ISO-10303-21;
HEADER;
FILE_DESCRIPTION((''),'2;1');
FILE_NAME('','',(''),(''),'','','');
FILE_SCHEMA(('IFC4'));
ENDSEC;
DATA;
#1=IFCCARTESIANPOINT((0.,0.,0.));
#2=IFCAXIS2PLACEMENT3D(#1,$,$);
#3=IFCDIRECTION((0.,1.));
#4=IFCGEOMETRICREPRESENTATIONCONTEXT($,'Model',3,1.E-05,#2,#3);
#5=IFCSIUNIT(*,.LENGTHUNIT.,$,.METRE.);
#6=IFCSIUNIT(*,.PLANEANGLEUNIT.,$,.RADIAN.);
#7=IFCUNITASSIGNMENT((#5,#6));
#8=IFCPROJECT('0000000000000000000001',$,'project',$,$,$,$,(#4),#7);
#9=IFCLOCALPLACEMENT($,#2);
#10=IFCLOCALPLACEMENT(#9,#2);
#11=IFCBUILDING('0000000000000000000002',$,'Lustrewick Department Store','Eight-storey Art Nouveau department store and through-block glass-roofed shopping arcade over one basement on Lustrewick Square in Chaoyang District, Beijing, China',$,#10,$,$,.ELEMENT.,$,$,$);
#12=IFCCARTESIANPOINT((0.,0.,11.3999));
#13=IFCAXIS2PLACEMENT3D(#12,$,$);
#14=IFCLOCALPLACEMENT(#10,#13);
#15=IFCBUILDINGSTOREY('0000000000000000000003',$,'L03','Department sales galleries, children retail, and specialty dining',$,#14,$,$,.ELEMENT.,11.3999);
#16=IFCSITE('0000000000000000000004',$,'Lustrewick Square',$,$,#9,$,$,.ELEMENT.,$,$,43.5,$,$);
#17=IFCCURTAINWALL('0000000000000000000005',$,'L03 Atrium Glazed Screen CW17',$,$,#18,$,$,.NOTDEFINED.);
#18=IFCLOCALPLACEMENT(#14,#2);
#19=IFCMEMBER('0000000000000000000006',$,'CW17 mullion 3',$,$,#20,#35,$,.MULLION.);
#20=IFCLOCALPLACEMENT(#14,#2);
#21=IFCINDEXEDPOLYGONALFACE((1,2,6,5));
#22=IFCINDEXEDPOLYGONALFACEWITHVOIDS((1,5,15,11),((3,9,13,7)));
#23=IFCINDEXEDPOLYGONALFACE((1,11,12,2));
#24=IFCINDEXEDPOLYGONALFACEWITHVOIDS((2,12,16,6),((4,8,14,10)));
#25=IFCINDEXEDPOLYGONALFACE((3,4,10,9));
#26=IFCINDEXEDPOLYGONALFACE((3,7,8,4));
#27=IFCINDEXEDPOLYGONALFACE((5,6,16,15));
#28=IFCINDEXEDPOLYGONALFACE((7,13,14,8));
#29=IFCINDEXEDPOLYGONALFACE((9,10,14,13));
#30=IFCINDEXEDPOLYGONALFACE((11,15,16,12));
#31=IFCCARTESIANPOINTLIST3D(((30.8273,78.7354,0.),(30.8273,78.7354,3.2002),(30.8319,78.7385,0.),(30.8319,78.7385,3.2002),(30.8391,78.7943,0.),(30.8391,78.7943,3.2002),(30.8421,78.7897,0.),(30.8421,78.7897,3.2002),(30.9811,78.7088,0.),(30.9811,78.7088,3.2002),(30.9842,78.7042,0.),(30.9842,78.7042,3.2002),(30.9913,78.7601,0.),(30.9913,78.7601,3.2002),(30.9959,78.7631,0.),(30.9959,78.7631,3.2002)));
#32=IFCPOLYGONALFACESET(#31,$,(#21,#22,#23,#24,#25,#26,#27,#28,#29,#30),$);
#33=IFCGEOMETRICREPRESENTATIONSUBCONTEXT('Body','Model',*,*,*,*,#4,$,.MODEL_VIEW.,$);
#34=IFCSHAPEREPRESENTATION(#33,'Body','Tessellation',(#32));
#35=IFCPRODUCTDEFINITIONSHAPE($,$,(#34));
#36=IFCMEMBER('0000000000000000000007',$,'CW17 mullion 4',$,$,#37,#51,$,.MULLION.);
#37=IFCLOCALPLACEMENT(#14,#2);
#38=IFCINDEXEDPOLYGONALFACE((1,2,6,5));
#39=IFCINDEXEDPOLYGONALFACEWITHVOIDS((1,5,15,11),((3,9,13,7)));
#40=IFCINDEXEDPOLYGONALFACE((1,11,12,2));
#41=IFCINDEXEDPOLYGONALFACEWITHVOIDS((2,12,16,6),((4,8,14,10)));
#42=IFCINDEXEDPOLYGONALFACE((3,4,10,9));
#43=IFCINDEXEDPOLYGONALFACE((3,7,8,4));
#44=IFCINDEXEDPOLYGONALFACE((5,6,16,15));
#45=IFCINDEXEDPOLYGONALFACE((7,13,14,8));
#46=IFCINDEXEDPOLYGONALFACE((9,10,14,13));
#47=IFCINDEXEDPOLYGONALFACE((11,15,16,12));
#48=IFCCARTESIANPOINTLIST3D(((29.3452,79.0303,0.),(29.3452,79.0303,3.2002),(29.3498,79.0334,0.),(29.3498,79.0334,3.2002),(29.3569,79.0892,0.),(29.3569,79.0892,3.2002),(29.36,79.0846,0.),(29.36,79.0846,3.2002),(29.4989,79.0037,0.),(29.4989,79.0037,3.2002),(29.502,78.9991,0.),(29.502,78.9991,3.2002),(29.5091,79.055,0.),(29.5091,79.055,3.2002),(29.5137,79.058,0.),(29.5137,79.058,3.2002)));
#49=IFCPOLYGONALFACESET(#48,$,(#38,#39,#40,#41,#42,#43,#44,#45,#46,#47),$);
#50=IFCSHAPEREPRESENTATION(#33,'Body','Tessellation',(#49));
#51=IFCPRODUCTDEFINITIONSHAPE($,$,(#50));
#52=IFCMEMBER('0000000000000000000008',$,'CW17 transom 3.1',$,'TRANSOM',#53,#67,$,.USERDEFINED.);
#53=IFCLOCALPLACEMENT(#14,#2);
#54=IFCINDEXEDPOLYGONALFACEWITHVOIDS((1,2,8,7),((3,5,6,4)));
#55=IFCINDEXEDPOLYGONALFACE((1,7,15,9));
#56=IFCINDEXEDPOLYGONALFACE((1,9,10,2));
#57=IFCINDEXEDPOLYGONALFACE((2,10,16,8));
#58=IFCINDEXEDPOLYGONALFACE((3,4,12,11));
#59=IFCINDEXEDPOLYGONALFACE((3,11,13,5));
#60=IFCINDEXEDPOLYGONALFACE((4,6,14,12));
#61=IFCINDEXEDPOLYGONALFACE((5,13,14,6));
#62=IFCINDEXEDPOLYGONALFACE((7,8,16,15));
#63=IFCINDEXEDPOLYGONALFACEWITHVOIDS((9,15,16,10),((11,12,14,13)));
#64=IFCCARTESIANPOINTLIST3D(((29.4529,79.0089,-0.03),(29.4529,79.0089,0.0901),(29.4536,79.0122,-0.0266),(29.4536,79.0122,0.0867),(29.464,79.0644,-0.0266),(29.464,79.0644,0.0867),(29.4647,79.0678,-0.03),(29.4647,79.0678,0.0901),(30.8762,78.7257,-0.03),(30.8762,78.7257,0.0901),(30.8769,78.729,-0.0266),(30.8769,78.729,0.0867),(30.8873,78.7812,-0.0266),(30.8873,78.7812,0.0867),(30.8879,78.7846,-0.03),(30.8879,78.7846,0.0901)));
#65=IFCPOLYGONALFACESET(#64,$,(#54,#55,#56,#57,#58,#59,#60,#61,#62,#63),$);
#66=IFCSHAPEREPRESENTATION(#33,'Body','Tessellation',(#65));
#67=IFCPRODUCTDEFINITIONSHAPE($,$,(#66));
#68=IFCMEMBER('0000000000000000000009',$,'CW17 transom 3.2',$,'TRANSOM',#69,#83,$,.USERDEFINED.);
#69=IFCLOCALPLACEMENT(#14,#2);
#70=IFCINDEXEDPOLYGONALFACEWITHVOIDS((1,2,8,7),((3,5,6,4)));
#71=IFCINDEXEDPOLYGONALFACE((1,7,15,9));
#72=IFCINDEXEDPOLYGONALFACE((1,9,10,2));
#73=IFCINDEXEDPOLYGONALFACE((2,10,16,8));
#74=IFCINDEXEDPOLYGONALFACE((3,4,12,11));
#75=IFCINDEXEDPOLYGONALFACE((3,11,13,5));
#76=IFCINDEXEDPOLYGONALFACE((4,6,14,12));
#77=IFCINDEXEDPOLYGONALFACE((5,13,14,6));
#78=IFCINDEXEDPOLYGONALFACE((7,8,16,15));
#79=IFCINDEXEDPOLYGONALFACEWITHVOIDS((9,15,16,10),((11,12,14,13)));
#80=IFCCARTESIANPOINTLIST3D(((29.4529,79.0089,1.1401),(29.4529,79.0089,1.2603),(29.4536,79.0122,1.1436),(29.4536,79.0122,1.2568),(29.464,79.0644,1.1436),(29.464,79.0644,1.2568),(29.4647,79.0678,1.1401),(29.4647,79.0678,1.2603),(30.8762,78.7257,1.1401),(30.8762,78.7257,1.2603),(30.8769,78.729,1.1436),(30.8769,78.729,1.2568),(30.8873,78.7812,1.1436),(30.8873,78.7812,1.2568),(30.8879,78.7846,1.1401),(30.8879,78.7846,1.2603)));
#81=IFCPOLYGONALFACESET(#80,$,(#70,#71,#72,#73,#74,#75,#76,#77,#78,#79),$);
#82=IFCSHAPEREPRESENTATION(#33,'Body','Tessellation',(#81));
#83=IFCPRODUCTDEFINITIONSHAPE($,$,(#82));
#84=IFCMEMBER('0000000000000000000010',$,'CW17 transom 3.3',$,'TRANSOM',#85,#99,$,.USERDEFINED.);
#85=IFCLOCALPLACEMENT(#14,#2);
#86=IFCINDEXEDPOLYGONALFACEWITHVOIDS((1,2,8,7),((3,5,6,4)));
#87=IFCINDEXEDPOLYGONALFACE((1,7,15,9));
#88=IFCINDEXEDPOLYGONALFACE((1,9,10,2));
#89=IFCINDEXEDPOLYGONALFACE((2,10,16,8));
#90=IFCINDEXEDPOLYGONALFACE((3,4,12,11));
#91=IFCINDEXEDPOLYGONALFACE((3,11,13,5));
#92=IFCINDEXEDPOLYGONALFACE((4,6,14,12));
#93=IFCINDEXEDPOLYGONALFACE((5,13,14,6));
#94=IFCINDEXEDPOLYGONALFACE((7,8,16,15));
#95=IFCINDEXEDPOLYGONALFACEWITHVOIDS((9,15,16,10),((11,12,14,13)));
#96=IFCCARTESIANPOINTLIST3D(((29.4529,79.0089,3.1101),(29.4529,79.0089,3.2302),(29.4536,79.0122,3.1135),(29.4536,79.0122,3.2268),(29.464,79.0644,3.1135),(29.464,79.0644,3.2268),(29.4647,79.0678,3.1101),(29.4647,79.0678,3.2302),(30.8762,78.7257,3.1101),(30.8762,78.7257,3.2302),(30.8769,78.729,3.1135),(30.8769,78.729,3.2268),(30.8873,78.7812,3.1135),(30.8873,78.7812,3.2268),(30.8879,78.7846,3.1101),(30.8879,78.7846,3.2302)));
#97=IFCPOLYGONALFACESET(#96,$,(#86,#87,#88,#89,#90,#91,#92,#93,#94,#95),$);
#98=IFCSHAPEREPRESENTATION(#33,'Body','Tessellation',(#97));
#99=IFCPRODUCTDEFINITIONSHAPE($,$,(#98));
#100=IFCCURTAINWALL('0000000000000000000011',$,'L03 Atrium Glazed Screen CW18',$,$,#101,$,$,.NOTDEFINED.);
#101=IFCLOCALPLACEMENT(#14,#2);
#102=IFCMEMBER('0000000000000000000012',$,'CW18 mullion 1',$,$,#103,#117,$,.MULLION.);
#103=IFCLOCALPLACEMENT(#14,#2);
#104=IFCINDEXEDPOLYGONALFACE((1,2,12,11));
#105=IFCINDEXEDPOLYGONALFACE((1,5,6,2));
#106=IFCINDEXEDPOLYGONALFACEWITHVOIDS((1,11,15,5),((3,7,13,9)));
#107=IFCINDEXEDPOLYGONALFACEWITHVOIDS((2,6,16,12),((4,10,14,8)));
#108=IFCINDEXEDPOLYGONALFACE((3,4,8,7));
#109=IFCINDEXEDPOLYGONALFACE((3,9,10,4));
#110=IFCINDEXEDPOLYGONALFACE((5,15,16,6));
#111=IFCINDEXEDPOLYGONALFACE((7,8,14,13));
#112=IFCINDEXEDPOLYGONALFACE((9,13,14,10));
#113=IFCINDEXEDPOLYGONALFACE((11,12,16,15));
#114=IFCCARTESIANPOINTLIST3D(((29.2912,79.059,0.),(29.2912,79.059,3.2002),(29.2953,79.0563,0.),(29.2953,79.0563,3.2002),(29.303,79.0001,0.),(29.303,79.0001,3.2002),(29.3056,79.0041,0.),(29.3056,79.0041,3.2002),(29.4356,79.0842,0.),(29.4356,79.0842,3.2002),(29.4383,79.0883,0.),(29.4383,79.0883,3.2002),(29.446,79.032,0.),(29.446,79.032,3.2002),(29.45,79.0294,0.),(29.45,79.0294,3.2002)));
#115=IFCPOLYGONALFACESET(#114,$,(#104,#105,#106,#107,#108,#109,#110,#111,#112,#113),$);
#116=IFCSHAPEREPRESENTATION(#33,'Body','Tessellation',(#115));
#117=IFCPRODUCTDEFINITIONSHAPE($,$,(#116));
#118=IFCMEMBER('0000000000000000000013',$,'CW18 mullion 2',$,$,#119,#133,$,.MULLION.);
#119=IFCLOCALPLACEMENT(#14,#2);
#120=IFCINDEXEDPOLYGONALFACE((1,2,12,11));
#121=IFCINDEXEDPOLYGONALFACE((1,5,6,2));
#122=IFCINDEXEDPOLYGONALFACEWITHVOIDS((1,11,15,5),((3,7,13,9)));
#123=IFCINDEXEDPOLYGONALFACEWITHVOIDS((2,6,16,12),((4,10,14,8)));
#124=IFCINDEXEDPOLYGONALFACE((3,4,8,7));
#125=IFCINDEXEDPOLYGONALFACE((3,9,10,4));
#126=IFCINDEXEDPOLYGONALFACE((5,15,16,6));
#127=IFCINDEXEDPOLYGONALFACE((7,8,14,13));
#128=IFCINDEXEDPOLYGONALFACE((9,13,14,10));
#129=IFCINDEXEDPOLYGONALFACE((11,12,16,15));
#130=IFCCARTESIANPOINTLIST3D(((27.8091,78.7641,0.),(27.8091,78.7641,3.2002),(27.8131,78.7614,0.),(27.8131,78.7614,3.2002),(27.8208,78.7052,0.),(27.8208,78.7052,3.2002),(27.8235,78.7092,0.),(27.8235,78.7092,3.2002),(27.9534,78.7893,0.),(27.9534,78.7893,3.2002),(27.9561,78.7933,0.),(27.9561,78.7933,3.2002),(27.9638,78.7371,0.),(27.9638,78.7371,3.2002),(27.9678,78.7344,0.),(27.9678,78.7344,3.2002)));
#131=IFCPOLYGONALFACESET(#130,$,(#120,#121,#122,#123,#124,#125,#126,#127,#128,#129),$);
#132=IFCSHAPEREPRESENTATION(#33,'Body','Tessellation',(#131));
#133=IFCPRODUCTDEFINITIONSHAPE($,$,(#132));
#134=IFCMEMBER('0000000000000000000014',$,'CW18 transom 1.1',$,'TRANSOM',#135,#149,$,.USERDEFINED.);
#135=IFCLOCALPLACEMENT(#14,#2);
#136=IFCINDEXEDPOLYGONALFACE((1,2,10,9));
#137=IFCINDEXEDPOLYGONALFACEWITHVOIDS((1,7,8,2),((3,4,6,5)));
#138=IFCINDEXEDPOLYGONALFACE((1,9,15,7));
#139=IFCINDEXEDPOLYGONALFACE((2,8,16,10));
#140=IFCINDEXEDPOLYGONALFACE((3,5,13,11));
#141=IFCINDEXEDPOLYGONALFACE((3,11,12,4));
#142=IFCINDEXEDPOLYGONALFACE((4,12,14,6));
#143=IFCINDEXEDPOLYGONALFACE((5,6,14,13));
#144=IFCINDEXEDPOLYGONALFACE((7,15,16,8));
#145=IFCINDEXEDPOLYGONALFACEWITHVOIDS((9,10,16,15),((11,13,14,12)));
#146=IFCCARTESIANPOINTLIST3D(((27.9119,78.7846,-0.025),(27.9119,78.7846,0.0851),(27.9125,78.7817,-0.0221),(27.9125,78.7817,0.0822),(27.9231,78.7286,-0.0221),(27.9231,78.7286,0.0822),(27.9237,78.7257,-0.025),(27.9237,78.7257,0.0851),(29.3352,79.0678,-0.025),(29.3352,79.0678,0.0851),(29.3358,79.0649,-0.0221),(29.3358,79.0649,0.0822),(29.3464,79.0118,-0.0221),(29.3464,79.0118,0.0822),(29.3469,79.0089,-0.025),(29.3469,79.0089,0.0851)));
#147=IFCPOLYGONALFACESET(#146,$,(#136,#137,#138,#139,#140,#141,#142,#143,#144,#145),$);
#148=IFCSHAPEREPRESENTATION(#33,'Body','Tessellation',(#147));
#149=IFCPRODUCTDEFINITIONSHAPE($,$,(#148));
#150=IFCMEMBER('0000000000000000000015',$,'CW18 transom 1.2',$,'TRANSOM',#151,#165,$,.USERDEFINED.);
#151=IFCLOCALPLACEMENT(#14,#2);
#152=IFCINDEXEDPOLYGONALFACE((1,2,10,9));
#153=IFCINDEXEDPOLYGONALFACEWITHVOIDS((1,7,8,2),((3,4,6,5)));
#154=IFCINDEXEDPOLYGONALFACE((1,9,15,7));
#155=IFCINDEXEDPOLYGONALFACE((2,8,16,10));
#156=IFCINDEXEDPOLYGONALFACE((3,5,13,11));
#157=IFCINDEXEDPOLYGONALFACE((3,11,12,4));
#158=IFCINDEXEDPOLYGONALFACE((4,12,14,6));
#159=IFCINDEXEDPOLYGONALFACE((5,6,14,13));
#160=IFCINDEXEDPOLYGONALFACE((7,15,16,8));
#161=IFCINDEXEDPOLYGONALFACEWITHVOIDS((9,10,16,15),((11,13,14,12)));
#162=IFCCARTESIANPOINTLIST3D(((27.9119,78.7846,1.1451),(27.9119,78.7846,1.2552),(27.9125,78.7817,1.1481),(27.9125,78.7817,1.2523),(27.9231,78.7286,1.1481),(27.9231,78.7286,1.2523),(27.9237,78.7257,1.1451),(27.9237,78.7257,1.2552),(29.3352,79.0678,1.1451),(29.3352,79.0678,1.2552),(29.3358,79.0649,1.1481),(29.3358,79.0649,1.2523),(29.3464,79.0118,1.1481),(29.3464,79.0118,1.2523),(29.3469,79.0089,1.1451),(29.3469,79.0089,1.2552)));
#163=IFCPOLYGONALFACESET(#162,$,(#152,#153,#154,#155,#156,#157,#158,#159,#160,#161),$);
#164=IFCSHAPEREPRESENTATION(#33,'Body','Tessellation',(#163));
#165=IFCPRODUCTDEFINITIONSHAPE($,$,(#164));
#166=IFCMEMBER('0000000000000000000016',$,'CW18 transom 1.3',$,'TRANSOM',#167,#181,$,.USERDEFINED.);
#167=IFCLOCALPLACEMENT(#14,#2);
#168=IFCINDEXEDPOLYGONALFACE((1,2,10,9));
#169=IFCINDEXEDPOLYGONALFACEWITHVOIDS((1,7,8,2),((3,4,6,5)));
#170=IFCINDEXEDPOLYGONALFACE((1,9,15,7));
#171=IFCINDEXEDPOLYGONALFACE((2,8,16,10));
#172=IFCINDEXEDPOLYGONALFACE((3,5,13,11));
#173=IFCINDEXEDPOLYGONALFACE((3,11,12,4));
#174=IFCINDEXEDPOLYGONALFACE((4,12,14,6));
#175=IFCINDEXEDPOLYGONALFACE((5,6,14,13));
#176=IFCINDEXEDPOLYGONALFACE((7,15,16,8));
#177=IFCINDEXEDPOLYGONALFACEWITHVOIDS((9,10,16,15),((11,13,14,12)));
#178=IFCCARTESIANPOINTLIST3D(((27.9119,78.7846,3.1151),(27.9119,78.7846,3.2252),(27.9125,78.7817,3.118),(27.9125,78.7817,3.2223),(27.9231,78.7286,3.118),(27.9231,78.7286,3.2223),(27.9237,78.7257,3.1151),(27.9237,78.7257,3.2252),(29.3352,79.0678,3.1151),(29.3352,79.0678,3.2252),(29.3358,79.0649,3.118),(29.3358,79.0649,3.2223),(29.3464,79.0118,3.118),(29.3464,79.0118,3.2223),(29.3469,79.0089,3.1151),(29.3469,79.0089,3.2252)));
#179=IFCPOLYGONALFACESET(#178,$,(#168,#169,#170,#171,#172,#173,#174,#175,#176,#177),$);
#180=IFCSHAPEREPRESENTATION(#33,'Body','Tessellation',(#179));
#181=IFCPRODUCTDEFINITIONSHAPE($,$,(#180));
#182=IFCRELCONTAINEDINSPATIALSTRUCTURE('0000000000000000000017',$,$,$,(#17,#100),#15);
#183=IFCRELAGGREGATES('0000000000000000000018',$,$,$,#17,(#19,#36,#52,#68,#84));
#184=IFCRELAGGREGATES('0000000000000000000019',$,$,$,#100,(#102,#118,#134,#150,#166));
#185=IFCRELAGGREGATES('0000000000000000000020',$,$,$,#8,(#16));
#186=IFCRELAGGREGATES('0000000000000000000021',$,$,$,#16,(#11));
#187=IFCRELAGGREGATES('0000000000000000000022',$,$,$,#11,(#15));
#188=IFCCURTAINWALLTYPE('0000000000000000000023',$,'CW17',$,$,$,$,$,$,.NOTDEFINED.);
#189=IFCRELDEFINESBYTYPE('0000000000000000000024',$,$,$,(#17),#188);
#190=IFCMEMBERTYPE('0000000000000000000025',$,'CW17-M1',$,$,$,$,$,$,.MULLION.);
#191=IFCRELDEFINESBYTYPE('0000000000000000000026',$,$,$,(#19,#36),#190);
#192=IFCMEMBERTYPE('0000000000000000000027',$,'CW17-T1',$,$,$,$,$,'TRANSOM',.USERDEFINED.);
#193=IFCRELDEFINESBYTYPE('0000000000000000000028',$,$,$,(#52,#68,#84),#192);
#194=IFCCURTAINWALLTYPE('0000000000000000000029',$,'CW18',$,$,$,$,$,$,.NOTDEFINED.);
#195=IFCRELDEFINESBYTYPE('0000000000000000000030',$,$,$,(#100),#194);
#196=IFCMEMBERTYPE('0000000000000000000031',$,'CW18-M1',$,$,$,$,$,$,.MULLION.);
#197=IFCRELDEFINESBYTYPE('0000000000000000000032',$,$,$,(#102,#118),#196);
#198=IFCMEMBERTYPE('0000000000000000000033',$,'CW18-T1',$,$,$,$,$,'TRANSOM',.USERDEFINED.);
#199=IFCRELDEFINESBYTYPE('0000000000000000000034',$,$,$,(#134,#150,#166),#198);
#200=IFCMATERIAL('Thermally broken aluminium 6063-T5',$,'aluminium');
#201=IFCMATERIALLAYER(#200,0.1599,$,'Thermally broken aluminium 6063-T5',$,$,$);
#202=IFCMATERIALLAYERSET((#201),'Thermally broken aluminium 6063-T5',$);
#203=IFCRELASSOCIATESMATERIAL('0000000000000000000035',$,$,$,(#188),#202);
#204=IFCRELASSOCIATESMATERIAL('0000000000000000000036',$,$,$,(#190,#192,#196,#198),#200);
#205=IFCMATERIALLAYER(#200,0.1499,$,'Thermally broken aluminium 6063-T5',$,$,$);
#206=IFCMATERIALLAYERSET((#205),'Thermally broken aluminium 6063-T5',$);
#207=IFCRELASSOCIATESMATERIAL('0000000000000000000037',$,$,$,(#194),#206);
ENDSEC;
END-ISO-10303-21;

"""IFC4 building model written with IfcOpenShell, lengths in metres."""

from ifc_helpers import new_model, si_unit, direction, frame, origin, origin_2d, place, context, subcontext, project, spatial, hollow_rectangle, extrude, material, layer, layer_set, material_profile, profile_set, type_object, element, aggregate, save


model = new_model("IFC4")

# Units and contexts
model_context = context("Model", 3, precision=1e-05, world=origin(), true_north=direction((0.0, 1.0)))
body_context = subcontext(model_context, "Body", "Model", "MODEL_VIEW")
ifc_project = project(units=[si_unit("LENGTHUNIT", "METRE"), si_unit("PLANEANGLEUNIT", "RADIAN")], contexts=[model_context])

# Site, building, storey
site_placement = place(None, origin())
site = spatial("IfcSite", under=ifc_project, at=site_placement, Name="Lustrewick Square", CompositionType="ELEMENT", RefElevation=43.5)
building_placement = place(site_placement, origin())
building = spatial("IfcBuilding", under=site, at=building_placement, Name="Lustrewick Department Store", Description="Eight-storey Art Nouveau department store and through-block glass-roofed shopping arcade over one basement on Lustrewick Square in Chaoyang District, Beijing, China", CompositionType="ELEMENT")
storey_placement = place(building_placement, frame((0.0, 0.0, 11.3999)))
storey = spatial("IfcBuildingStorey", under=building, at=storey_placement, Name="L03", Description="Department sales galleries, children retail, and specialty dining", CompositionType="ELEMENT", Elevation=11.3999)

# Curtain walls, members
ifc_material_1 = material(Name="Thermally broken aluminium 6063-T5", Category="aluminium")
ifc_layer_1 = layer(ifc_material_1, 0.1599, Name="Thermally broken aluminium 6063-T5")
ifc_layer_set_1 = layer_set([ifc_layer_1], Name="Thermally broken aluminium 6063-T5")
curtain_wall_type_1 = type_object("IfcCurtainWallType", Name="CW17", PredefinedType="NOTDEFINED", material=ifc_layer_set_1)
curtain_wall_1_placement = place(storey_placement, origin())
curtain_wall_1 = element("IfcCurtainWall", 1, at=curtain_wall_1_placement, inside=storey, type_object=curtain_wall_type_1, Name="L03 Atrium Glazed Screen CW17", PredefinedType="NOTDEFINED")
ifc_material_profile_1 = material_profile(ifc_material_1, hollow_rectangle(XDim=0.0601, YDim=0.1599, WallThickness=0.0039, at=origin_2d()), Name="ALU-M 60x160x4")
ifc_profile_set_1 = profile_set([ifc_material_profile_1], Name="Thermally broken aluminium 6063-T5")
member_type_1 = type_object("IfcMemberType", Name="CW17-M1", PredefinedType="MULLION", material=ifc_profile_set_1)
member_1_placement = place(storey_placement, frame((30.9116, 78.7493, 0.0), z_axis=(0.0, 0.0, 1.0), x_axis=(-0.195085, -0.980786, 0.0)))
member_1 = element("IfcMember", 2, at=member_1_placement, type_object=member_type_1, Name="CW17 mullion 3", PredefinedType="MULLION", context=body_context, shape_type="SweptSolid", body=[
    extrude(hollow_rectangle(XDim=0.0601, YDim=0.1599, WallThickness=0.0039, at=origin_2d()), origin(), (0.0, 0.0, 1.0), 3.2002),
])
member_2_placement = place(storey_placement, frame((29.4294, 79.0442, 0.0), z_axis=(0.0, 0.0, 1.0), x_axis=(-0.195085, -0.980786, 0.0)))
member_2 = element("IfcMember", 3, at=member_2_placement, type_object=member_type_1, Name="CW17 mullion 4", PredefinedType="MULLION", context=body_context, shape_type="SweptSolid", body=[
    extrude(hollow_rectangle(XDim=0.0601, YDim=0.1599, WallThickness=0.0039, at=origin_2d()), origin(), (0.0, 0.0, 1.0), 3.2002),
])
ifc_material_profile_2 = material_profile(ifc_material_1, hollow_rectangle(XDim=0.0601, YDim=0.1201, WallThickness=0.0034, at=origin_2d()), Name="ALU-T 60x120x3.5")
ifc_profile_set_2 = profile_set([ifc_material_profile_2], Name="Thermally broken aluminium 6063-T5")
member_type_2 = type_object("IfcMemberType", Name="CW17-T1", ElementType="TRANSOM", PredefinedType="USERDEFINED", material=ifc_profile_set_2)
member_3_placement = place(storey_placement, frame((30.8821, 78.7551, 0.03), z_axis=(-0.980774, 0.195145, 0.0), x_axis=(-0.195145, -0.980774, 0.0)))
member_3 = element("IfcMember", 4, at=member_3_placement, type_object=member_type_2, Name="CW17 transom 3.1", ObjectType="TRANSOM", PredefinedType="USERDEFINED", context=body_context, shape_type="SweptSolid", body=[
    extrude(hollow_rectangle(XDim=0.0601, YDim=0.1201, WallThickness=0.0034, at=origin_2d()), origin(), (0.0, 0.0, 1.0), 1.4512),
])
member_4_placement = place(storey_placement, frame((30.8821, 78.7551, 1.2002), z_axis=(-0.980774, 0.195145, 0.0), x_axis=(-0.195145, -0.980774, 0.0)))
member_4 = element("IfcMember", 5, at=member_4_placement, type_object=member_type_2, Name="CW17 transom 3.2", ObjectType="TRANSOM", PredefinedType="USERDEFINED", context=body_context, shape_type="SweptSolid", body=[
    extrude(hollow_rectangle(XDim=0.0601, YDim=0.1201, WallThickness=0.0034, at=origin_2d()), origin(), (0.0, 0.0, 1.0), 1.4512),
])
member_5_placement = place(storey_placement, frame((30.8821, 78.7551, 3.1702), z_axis=(-0.980774, 0.195145, 0.0), x_axis=(-0.195145, -0.980774, 0.0)))
member_5 = element("IfcMember", 6, at=member_5_placement, type_object=member_type_2, Name="CW17 transom 3.3", ObjectType="TRANSOM", PredefinedType="USERDEFINED", context=body_context, shape_type="SweptSolid", body=[
    extrude(hollow_rectangle(XDim=0.0601, YDim=0.1201, WallThickness=0.0034, at=origin_2d()), origin(), (0.0, 0.0, 1.0), 1.4512),
])
ifc_layer_2 = layer(ifc_material_1, 0.1499, Name="Thermally broken aluminium 6063-T5")
ifc_layer_set_2 = layer_set([ifc_layer_2], Name="Thermally broken aluminium 6063-T5")
curtain_wall_type_2 = type_object("IfcCurtainWallType", Name="CW18", PredefinedType="NOTDEFINED", material=ifc_layer_set_2)
curtain_wall_2_placement = place(storey_placement, origin())
curtain_wall_2 = element("IfcCurtainWall", 7, at=curtain_wall_2_placement, inside=storey, type_object=curtain_wall_type_2, Name="L03 Atrium Glazed Screen CW18", PredefinedType="NOTDEFINED")
ifc_material_profile_3 = material_profile(ifc_material_1, hollow_rectangle(XDim=0.0601, YDim=0.1499, WallThickness=0.0034, at=origin_2d()), Name="ALU-M 60x150x3.5")
ifc_profile_set_3 = profile_set([ifc_material_profile_3], Name="Thermally broken aluminium 6063-T5")
member_type_3 = type_object("IfcMemberType", Name="CW18-M1", PredefinedType="MULLION", material=ifc_profile_set_3)
member_6_placement = place(storey_placement, frame((29.3706, 79.0442, 0.0), z_axis=(0.0, 0.0, 1.0), x_axis=(0.195085, -0.980786, 0.0)))
member_6 = element("IfcMember", 8, at=member_6_placement, type_object=member_type_3, Name="CW18 mullion 1", PredefinedType="MULLION", context=body_context, shape_type="SweptSolid", body=[
    extrude(hollow_rectangle(XDim=0.0601, YDim=0.1499, WallThickness=0.0034, at=origin_2d()), origin(), (0.0, 0.0, 1.0), 3.2002),
])
member_7_placement = place(storey_placement, frame((27.8884, 78.7493, 0.0), z_axis=(0.0, 0.0, 1.0), x_axis=(0.195085, -0.980786, 0.0)))
member_7 = element("IfcMember", 9, at=member_7_placement, type_object=member_type_3, Name="CW18 mullion 2", PredefinedType="MULLION", context=body_context, shape_type="SweptSolid", body=[
    extrude(hollow_rectangle(XDim=0.0601, YDim=0.1499, WallThickness=0.0034, at=origin_2d()), origin(), (0.0, 0.0, 1.0), 3.2002),
])
ifc_material_profile_4 = material_profile(ifc_material_1, hollow_rectangle(XDim=0.0601, YDim=0.1101, WallThickness=0.0029, at=origin_2d()), Name="ALU-T 60x110x3")
ifc_profile_set_4 = profile_set([ifc_material_profile_4], Name="Thermally broken aluminium 6063-T5")
member_type_4 = type_object("IfcMemberType", Name="CW18-T1", ElementType="TRANSOM", PredefinedType="USERDEFINED", material=ifc_profile_set_4)
member_8_placement = place(storey_placement, frame((29.3411, 79.0383, 0.03), z_axis=(-0.980774, -0.195145, 0.0), x_axis=(0.195145, -0.980774, 0.0)))
member_8 = element("IfcMember", 10, at=member_8_placement, type_object=member_type_4, Name="CW18 transom 1.1", ObjectType="TRANSOM", PredefinedType="USERDEFINED", context=body_context, shape_type="SweptSolid", body=[
    extrude(hollow_rectangle(XDim=0.0601, YDim=0.1101, WallThickness=0.0029, at=origin_2d()), origin(), (0.0, 0.0, 1.0), 1.4512),
])
member_9_placement = place(storey_placement, frame((29.3411, 79.0383, 1.2002), z_axis=(-0.980774, -0.195145, 0.0), x_axis=(0.195145, -0.980774, 0.0)))
member_9 = element("IfcMember", 11, at=member_9_placement, type_object=member_type_4, Name="CW18 transom 1.2", ObjectType="TRANSOM", PredefinedType="USERDEFINED", context=body_context, shape_type="SweptSolid", body=[
    extrude(hollow_rectangle(XDim=0.0601, YDim=0.1101, WallThickness=0.0029, at=origin_2d()), origin(), (0.0, 0.0, 1.0), 1.4512),
])
member_10_placement = place(storey_placement, frame((29.3411, 79.0383, 3.1702), z_axis=(-0.980774, -0.195145, 0.0), x_axis=(0.195145, -0.980774, 0.0)))
member_10 = element("IfcMember", 12, at=member_10_placement, type_object=member_type_4, Name="CW18 transom 1.3", ObjectType="TRANSOM", PredefinedType="USERDEFINED", context=body_context, shape_type="SweptSolid", body=[
    extrude(hollow_rectangle(XDim=0.0601, YDim=0.1101, WallThickness=0.0029, at=origin_2d()), origin(), (0.0, 0.0, 1.0), 1.4512),
])

aggregate(curtain_wall_1, [member_1, member_2, member_3, member_4, member_5])
aggregate(curtain_wall_2, [member_6, member_7, member_8, member_9, member_10])

save(model, "model.ifc")
